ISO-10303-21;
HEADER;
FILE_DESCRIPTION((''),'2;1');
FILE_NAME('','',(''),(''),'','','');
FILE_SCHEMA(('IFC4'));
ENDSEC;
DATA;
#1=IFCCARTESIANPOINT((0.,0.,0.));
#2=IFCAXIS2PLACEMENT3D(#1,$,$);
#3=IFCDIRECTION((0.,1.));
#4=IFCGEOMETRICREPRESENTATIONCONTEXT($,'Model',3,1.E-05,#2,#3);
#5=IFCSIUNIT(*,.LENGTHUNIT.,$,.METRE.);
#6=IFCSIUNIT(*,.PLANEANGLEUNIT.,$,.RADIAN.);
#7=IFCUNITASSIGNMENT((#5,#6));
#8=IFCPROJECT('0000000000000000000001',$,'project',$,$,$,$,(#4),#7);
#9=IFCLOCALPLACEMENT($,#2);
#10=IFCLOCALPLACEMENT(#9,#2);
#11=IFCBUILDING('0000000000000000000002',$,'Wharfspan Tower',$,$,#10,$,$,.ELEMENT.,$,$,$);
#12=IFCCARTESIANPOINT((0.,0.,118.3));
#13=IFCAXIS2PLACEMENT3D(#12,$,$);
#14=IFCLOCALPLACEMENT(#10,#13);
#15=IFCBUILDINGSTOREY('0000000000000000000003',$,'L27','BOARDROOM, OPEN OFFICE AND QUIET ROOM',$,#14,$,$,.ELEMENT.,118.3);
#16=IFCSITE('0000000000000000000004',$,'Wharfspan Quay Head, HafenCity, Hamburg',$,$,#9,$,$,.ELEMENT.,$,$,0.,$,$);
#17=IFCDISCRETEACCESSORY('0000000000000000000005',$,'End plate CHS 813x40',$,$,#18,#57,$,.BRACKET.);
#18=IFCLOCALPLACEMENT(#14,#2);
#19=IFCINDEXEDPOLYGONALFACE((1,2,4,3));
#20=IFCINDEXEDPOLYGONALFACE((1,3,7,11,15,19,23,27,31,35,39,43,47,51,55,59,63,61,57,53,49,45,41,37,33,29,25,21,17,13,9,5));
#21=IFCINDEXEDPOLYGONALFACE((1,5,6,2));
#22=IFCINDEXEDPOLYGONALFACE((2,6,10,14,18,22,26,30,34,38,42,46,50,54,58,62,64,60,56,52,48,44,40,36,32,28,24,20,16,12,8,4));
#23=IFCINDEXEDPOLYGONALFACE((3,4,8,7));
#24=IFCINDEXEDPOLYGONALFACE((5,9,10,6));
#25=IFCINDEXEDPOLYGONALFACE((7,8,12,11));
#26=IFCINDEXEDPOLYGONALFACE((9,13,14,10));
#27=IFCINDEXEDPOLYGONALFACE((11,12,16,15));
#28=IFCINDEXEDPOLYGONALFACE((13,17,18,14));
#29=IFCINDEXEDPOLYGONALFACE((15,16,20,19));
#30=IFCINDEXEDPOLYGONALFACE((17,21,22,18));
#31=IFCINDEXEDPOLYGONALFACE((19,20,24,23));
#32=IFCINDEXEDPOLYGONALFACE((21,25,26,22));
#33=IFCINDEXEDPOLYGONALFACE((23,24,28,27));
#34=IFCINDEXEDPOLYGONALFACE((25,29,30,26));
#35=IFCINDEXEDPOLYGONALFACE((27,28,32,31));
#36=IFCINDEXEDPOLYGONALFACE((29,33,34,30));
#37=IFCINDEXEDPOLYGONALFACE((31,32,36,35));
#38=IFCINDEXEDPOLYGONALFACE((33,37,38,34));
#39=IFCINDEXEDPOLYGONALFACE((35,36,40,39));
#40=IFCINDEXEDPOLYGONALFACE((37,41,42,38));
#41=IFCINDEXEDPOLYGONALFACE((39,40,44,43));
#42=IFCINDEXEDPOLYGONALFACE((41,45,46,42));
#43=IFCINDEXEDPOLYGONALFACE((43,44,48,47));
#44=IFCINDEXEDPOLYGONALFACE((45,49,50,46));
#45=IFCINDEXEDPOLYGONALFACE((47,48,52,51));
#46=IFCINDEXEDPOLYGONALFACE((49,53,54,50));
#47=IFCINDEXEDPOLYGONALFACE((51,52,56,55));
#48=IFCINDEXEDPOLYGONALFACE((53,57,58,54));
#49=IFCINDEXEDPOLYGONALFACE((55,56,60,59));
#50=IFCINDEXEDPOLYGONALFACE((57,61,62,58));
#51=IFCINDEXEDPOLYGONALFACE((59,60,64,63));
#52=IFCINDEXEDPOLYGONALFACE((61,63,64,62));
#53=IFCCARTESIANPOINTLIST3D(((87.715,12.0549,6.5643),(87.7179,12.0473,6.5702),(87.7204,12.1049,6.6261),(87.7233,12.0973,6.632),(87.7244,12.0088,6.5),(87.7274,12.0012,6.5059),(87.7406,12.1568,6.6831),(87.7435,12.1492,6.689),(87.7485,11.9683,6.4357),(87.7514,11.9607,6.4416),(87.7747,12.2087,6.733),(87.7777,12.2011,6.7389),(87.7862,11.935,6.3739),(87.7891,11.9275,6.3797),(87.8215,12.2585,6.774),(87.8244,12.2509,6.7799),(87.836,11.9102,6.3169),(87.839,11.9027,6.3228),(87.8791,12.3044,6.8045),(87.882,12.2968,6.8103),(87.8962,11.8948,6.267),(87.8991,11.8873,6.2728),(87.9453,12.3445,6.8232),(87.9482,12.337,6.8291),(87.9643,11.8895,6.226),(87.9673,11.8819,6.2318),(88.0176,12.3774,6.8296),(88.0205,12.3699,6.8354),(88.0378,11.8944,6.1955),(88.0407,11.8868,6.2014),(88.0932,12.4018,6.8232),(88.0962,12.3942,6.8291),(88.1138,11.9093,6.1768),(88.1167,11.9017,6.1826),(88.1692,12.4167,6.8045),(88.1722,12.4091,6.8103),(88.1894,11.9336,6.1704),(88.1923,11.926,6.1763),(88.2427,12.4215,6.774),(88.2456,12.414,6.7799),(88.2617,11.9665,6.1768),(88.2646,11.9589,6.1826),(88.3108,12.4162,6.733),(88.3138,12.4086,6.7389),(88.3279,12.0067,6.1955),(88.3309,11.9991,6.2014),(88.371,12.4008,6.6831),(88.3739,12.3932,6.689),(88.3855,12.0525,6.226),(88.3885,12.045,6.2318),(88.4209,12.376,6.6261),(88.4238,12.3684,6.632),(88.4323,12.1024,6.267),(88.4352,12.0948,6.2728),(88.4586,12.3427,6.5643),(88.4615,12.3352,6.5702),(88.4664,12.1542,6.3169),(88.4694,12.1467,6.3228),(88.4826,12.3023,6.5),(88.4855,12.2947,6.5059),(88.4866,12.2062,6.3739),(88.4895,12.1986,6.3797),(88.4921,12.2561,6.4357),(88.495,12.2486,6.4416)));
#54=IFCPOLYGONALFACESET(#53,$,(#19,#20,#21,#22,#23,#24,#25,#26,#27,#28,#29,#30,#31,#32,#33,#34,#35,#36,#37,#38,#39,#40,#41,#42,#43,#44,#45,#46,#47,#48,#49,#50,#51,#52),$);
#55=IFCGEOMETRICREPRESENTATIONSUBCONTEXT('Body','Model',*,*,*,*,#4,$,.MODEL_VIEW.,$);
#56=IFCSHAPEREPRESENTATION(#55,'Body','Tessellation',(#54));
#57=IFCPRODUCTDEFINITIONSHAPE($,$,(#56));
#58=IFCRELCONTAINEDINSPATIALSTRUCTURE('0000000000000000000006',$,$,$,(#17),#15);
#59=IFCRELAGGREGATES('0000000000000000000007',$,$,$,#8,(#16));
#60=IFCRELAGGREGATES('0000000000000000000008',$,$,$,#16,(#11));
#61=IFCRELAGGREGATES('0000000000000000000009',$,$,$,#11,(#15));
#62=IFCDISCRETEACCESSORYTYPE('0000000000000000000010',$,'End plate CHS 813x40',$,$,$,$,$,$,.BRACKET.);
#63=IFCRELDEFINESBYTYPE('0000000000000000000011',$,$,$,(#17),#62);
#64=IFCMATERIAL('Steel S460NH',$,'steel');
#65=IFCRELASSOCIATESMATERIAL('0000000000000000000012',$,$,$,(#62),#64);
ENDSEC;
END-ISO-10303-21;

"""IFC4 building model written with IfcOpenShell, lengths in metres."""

from ifc_helpers import new_model, si_unit, direction, frame, origin, origin_2d, place, context, subcontext, project, spatial, circle, extrude, material, material_profile, profile_set, type_object, element, save


model = new_model("IFC4")

# Units and contexts
model_context = context("Model", 3, precision=1e-05, world=origin(), true_north=direction((0.0, 1.0)))
body_context = subcontext(model_context, "Body", "Model", "MODEL_VIEW")
ifc_project = project(units=[si_unit("LENGTHUNIT", "METRE"), si_unit("PLANEANGLEUNIT", "RADIAN")], contexts=[model_context])

# Site, building, storey
site_placement = place(None, origin())
site = spatial("IfcSite", under=ifc_project, at=site_placement, Name="Wharfspan Quay Head, HafenCity, Hamburg", CompositionType="ELEMENT", RefElevation=0.0)
building_placement = place(site_placement, origin())
building = spatial("IfcBuilding", under=site, at=building_placement, Name="Wharfspan Tower", CompositionType="ELEMENT")
storey_placement = place(building_placement, frame((0.0, 0.0, 118.3)))
storey = spatial("IfcBuildingStorey", under=building, at=storey_placement, Name="L27", Description="BOARDROOM, OPEN OFFICE AND QUIET ROOM", CompositionType="ELEMENT", Elevation=118.3)

# Discrete accessory
ifc_material_1 = material(Name="Steel S460NH", Category="steel")
ifc_material_profile_1 = material_profile(ifc_material_1, circle(Radius=0.4065, at=origin_2d()))
ifc_profile_set_1 = profile_set([ifc_material_profile_1], Name="Steel S460NH")
discrete_accessory_type = type_object("IfcDiscreteAccessoryType", Name="End plate CHS 813x40", PredefinedType="BRACKET", material=ifc_profile_set_1)
for number, where, z_axis, x_axis, name in (
    (1, (88.1035, 12.1555, 6.5), (0.292683, -0.756098, 0.585366), (0.932565, 0.360992, -0.000001), "End plate CHS 813x40"),
):
    element("IfcDiscreteAccessory", number, at=place(storey_placement, frame(where, z_axis=z_axis, x_axis=x_axis)), inside=storey, type_object=discrete_accessory_type, Name=name, PredefinedType="BRACKET", context=body_context, shape_type="SweptSolid", body=[
        extrude(circle(Radius=0.4065, at=origin_2d()), origin(), (0.0, 0.0, 1.0), 0.01),
    ])

save(model, "model.ifc")
